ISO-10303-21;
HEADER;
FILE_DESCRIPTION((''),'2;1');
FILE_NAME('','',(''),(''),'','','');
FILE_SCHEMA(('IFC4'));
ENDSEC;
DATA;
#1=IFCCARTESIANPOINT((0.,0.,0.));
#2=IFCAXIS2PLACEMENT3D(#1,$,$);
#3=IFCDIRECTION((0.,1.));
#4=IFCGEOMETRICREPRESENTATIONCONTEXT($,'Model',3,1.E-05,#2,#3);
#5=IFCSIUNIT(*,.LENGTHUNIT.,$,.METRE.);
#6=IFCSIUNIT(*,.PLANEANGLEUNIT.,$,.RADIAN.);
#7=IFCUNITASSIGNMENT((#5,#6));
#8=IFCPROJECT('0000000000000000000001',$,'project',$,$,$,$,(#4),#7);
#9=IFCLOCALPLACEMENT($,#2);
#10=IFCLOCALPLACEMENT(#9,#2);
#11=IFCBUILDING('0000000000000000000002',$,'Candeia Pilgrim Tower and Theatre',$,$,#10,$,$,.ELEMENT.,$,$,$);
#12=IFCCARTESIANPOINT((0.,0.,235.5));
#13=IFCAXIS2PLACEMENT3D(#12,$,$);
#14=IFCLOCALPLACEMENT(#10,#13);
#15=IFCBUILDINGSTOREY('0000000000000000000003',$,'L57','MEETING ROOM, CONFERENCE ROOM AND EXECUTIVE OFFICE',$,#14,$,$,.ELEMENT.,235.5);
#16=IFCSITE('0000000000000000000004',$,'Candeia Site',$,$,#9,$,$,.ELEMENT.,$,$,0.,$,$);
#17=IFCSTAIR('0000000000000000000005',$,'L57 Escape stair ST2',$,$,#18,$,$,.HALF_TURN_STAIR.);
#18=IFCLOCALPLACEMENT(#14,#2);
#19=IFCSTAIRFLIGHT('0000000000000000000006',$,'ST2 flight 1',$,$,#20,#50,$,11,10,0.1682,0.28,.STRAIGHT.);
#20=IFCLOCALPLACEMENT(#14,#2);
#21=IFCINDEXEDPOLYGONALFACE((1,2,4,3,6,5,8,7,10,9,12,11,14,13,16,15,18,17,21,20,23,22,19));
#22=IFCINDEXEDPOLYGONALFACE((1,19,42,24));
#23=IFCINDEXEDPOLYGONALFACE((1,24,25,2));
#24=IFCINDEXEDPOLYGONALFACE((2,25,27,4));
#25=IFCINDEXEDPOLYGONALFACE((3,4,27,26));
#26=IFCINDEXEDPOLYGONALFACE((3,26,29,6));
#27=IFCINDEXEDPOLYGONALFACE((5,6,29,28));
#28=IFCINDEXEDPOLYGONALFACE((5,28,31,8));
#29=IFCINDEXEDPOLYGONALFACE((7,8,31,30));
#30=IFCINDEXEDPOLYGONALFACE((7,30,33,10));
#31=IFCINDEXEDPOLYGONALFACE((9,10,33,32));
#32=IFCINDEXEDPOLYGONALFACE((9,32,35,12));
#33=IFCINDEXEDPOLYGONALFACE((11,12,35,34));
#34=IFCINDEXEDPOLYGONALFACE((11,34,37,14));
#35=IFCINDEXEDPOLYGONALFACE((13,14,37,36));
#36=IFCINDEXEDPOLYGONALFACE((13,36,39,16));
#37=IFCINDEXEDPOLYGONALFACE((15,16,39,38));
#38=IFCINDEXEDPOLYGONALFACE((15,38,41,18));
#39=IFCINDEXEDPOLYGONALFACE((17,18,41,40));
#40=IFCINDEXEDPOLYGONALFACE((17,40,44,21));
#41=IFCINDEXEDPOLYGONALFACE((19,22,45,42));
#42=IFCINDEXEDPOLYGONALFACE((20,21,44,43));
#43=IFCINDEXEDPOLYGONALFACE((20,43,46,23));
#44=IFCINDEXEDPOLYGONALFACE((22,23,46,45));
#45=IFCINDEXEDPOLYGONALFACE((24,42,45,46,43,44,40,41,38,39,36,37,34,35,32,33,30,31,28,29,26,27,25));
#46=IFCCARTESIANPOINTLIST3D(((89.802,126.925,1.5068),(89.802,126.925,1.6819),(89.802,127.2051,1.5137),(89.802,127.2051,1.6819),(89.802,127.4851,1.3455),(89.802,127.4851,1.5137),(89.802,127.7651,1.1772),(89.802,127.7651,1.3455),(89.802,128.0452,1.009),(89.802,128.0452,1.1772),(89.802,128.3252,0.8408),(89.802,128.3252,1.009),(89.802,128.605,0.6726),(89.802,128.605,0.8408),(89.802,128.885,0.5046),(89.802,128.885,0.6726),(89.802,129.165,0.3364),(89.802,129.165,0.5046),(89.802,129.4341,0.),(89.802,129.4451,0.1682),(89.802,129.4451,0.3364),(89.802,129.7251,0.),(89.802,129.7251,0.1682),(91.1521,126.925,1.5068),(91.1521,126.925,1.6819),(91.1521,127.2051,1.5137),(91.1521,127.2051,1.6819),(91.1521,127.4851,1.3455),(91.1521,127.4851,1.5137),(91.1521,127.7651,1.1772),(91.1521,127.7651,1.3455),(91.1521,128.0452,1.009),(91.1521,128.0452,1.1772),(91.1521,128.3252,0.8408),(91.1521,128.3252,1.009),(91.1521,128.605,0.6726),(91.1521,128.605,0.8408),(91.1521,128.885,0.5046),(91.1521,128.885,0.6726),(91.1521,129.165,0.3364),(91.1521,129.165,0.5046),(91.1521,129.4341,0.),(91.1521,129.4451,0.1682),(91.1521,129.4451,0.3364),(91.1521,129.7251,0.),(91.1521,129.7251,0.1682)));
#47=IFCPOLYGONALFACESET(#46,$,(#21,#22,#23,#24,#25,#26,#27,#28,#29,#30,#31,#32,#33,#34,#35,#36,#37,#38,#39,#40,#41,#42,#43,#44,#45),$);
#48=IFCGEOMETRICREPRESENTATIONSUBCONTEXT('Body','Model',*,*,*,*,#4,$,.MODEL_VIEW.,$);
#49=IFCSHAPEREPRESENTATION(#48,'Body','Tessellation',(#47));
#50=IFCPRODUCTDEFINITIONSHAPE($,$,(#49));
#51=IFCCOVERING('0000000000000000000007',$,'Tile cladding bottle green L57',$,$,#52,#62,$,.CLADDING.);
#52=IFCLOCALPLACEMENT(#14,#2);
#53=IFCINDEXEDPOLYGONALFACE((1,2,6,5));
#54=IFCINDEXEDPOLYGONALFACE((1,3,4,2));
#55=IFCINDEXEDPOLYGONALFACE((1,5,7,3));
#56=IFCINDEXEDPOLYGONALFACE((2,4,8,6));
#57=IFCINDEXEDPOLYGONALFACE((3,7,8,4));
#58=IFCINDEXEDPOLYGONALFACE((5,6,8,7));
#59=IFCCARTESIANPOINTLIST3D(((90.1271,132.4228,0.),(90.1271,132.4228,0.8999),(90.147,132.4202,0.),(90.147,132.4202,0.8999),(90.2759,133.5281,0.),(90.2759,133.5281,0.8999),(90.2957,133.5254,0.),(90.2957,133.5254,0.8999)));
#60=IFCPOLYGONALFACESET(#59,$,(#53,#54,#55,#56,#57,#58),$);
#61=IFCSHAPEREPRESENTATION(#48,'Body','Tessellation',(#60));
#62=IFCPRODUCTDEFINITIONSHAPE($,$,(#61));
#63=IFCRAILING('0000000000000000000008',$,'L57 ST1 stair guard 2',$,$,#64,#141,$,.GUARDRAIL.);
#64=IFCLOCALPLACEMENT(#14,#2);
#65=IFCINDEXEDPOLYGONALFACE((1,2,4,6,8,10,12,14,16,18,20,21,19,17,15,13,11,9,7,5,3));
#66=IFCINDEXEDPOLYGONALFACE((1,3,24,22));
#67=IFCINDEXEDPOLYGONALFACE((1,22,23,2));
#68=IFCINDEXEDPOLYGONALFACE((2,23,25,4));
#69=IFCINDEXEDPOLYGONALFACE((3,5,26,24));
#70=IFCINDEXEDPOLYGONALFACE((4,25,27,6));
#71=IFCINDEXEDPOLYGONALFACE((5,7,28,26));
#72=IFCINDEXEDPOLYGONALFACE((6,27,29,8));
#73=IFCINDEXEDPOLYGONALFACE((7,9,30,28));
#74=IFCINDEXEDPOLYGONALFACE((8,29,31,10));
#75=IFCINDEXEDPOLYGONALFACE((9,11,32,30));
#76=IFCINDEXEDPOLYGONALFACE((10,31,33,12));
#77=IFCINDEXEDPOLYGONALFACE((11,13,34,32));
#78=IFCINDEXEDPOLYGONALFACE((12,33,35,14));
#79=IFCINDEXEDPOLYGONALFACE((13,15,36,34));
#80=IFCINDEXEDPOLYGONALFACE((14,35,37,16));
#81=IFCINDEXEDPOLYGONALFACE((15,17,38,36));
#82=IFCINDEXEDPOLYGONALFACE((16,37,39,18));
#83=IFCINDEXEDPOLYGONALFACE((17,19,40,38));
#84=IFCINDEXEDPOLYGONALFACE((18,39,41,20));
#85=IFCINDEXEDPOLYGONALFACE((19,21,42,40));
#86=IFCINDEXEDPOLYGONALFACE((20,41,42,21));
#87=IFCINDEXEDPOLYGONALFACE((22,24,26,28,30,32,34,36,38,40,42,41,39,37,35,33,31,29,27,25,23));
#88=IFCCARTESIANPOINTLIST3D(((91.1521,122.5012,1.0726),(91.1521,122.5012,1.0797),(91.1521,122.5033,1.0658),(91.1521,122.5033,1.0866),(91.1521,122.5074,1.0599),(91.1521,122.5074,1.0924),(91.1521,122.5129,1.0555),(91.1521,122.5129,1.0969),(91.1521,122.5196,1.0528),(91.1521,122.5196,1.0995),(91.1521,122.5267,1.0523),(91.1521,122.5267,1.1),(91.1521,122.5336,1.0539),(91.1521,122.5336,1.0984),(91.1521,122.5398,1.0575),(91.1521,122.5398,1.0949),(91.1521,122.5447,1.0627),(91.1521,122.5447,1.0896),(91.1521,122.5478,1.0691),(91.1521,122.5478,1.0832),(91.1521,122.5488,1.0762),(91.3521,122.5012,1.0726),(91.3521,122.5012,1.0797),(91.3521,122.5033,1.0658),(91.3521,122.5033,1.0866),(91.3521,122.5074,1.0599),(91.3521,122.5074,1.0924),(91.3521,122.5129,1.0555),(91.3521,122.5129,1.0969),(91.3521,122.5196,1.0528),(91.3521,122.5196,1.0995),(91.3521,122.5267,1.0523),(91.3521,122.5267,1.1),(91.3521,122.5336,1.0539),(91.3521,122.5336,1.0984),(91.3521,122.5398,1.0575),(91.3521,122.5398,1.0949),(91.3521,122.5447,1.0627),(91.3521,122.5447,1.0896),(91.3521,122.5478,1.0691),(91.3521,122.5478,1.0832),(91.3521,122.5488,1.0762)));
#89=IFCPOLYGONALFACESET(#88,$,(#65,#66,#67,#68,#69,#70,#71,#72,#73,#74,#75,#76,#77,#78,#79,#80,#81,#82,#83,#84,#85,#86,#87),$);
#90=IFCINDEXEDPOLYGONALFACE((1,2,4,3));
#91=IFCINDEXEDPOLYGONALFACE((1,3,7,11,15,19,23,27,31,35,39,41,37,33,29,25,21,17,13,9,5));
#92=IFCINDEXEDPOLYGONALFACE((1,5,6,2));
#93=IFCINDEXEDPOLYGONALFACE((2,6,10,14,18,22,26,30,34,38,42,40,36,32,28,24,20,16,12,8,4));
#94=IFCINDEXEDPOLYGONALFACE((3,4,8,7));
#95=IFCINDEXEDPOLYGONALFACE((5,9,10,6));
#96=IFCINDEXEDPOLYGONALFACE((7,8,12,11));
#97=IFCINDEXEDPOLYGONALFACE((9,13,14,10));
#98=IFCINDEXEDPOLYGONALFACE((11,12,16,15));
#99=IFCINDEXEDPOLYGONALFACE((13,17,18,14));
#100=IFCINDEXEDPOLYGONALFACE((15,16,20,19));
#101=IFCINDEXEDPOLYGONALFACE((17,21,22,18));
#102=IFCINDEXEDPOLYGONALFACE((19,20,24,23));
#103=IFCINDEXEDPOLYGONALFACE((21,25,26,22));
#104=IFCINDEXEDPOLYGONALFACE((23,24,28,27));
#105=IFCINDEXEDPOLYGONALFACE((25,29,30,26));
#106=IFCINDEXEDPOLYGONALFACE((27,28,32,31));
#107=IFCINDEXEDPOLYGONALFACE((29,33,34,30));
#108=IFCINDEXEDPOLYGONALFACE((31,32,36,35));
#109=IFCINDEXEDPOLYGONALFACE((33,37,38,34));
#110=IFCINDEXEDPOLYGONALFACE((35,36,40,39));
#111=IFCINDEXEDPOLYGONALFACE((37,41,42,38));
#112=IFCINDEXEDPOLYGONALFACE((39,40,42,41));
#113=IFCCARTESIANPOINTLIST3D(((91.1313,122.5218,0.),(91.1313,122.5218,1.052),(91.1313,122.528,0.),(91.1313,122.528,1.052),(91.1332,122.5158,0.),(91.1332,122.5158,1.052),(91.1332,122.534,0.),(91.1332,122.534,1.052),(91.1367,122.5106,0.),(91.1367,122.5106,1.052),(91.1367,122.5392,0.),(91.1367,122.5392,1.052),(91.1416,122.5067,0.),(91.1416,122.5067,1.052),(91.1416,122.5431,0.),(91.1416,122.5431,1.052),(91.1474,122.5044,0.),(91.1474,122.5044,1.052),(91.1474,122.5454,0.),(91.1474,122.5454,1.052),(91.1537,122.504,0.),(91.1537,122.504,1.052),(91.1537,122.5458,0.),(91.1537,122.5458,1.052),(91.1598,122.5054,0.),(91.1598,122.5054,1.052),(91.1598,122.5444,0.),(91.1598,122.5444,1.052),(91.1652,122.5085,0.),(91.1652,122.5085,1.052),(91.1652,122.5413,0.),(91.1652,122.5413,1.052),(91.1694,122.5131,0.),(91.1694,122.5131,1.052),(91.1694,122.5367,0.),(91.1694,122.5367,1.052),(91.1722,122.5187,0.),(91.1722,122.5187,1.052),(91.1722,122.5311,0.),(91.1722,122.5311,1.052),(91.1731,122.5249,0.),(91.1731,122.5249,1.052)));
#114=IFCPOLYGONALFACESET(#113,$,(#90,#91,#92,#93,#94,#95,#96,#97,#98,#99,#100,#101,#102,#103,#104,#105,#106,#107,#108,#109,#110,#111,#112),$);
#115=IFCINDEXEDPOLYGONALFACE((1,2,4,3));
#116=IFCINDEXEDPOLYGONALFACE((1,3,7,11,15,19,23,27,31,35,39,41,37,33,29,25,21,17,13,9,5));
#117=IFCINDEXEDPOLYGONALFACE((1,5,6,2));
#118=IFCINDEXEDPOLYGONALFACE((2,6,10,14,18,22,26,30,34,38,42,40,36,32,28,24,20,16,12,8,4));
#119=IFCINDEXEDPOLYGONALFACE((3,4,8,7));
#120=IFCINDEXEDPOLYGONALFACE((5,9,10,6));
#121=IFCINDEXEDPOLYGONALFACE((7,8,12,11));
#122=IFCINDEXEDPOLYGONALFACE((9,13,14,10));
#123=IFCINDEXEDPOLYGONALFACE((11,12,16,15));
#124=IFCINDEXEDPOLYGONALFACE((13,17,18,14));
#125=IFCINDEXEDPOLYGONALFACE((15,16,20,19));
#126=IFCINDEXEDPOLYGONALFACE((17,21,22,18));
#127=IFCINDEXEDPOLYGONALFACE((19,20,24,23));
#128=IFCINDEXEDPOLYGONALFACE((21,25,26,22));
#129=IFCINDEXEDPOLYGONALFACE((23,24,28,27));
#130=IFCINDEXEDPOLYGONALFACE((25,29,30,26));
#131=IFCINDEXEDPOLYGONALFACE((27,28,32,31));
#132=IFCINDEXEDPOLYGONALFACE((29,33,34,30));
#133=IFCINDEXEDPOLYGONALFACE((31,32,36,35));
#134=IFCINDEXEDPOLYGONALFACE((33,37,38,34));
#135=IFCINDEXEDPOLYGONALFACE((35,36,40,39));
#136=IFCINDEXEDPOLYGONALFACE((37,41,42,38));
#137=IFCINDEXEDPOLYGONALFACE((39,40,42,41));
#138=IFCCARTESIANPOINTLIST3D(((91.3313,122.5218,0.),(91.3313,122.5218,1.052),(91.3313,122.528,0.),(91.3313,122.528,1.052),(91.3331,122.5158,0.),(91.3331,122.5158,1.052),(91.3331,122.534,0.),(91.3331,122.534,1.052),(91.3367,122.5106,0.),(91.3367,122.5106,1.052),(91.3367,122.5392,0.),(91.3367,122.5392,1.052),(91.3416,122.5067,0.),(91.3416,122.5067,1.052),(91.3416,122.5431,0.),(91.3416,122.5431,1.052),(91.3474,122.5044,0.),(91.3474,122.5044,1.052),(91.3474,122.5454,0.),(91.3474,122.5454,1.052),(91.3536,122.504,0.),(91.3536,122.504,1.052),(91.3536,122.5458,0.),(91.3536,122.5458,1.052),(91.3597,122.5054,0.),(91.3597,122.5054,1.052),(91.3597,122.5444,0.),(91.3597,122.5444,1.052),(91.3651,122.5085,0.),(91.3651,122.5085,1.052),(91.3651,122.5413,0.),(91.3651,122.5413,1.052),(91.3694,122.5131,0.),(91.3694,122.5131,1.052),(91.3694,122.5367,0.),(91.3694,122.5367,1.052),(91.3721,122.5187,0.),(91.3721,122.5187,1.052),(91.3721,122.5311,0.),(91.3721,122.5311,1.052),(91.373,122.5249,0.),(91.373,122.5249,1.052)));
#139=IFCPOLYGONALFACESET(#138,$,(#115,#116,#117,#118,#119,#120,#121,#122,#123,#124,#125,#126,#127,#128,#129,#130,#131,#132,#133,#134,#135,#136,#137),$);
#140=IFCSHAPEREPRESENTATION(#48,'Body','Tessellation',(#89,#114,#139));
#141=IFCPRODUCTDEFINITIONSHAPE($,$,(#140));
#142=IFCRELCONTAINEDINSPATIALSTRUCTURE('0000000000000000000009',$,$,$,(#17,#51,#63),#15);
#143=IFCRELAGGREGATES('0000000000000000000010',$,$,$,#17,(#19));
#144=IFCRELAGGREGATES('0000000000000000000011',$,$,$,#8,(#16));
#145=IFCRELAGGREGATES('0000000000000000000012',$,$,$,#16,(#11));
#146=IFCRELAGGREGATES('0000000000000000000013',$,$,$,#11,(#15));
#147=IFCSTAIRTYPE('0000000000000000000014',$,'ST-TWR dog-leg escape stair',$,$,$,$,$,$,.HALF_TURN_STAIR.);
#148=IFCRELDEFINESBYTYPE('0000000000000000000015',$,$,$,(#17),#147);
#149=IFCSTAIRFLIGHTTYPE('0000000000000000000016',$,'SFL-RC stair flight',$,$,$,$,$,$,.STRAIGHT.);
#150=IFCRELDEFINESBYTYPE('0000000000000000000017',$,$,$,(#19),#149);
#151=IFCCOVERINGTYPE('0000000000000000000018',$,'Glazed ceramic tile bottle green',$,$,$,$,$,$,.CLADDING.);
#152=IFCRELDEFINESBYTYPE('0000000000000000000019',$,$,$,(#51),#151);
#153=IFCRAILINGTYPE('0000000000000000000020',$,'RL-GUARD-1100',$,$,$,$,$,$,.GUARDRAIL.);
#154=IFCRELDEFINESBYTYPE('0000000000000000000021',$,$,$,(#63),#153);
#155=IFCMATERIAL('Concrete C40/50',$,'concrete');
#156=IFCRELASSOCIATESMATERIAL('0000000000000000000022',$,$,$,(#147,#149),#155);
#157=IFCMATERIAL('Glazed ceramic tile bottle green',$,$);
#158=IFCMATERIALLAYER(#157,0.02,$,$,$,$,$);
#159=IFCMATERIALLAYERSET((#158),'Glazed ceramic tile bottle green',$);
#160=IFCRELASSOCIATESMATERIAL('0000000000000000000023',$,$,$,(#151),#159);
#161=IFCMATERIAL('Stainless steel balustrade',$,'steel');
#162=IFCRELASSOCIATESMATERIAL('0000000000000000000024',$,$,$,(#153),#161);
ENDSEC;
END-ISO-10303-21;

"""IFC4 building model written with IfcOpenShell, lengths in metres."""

from ifc_helpers import new_model, si_unit, direction, frame, origin, origin_2d, place, context, subcontext, project, spatial, polyline, rectangle, circle, outline, extrude, material, layer, layer_set, type_object, element, aggregate, save


model = new_model("IFC4")

# Units and contexts
model_context = context("Model", 3, precision=1e-05, world=origin(), true_north=direction((0.0, 1.0)))
body_context = subcontext(model_context, "Body", "Model", "MODEL_VIEW")
ifc_project = project(units=[si_unit("LENGTHUNIT", "METRE"), si_unit("PLANEANGLEUNIT", "RADIAN")], contexts=[model_context])

# Site, building, storey
site_placement = place(None, origin())
site = spatial("IfcSite", under=ifc_project, at=site_placement, Name="Candeia Site", CompositionType="ELEMENT", RefElevation=0.0)
building_placement = place(site_placement, origin())
building = spatial("IfcBuilding", under=site, at=building_placement, Name="Candeia Pilgrim Tower and Theatre", CompositionType="ELEMENT")
storey_placement = place(building_placement, frame((0.0, 0.0, 235.5)))
storey = spatial("IfcBuildingStorey", under=building, at=storey_placement, Name="L57", Description="MEETING ROOM, CONFERENCE ROOM AND EXECUTIVE OFFICE", CompositionType="ELEMENT", Elevation=235.5)

# Shared definitions
ifc_material_1 = material(Name="Concrete C40/50", Category="concrete")

# Shared definitions
stair_type = type_object("IfcStairType", Name="ST-TWR dog-leg escape stair", PredefinedType="HALF_TURN_STAIR", material=ifc_material_1)
stair_flight_type = type_object("IfcStairFlightType", Name="SFL-RC stair flight", PredefinedType="STRAIGHT", material=ifc_material_1)

# Stair, stair flight
stair_1_placement = place(storey_placement, origin())
stair_1 = element("IfcStair", 1, at=stair_1_placement, inside=storey, type_object=stair_type, Name="L57 Escape stair ST2", PredefinedType="HALF_TURN_STAIR")
stair_flight_1_placement = place(storey_placement, frame((90.4771, 129.7251, 0.0), z_axis=(0.0, 0.0, 1.0), x_axis=(0.0, -1.0, 0.0)))
stair_flight_1 = element("IfcStairFlight", 2, at=stair_flight_1_placement, type_object=stair_flight_type, Name="ST2 flight 1", NumberOfRisers=11, NumberOfTreads=10, PredefinedType="STRAIGHT", RiserHeight=0.1682, TreadLength=0.28, context=body_context, shape_type="SweptSolid", body=[
    extrude(outline(polyline([(0.0, 0.0), (0.0, 0.1682), (0.28, 0.1682), (0.28, 0.3364), (0.5601, 0.3364), (0.5601, 0.5046), (0.8401, 0.5046), (0.8401, 0.6726), (1.1201, 0.6726), (1.1201, 0.8408), (1.3999, 0.8408), (1.3999, 1.009), (1.6799, 1.009), (1.6799, 1.1772), (1.96, 1.1772), (1.96, 1.3455), (2.24, 1.3455), (2.24, 1.5137), (2.52, 1.5137), (2.52, 1.6819), (2.8, 1.6819), (2.8, 1.8501), (2.8, 1.5068), (0.291, 0.0), (0.0, 0.0)])), frame((0.0, 0.675, 0.0), z_axis=(0.0, -1.0, 0.0), x_axis=(1.0, 0.0, 0.0)), (0.0, 0.0, 1.0), 1.3501),
])
aggregate(stair_1, [stair_flight_1])

# Shared definitions
ifc_material_2 = material(Name="Stainless steel balustrade", Category="steel")

# Covering
ifc_material_3 = material(Name="Glazed ceramic tile bottle green")
ifc_layer_1 = layer(ifc_material_3, 0.02)
ifc_layer_set_1 = layer_set([ifc_layer_1], Name="Glazed ceramic tile bottle green")
covering_type = type_object("IfcCoveringType", Name="Glazed ceramic tile bottle green", PredefinedType="CLADDING", material=ifc_layer_set_1)
covering_placement = place(storey_placement, frame((90.2114, 132.9741, 0.0), z_axis=(0.0, 0.0, 1.0), x_axis=(-0.133412, -0.991061, 0.0)))
element("IfcCovering", 3, at=covering_placement, inside=storey, type_object=covering_type, Name="Tile cladding bottle green L57", PredefinedType="CLADDING", context=body_context, shape_type="SweptSolid", body=[
    extrude(rectangle(XDim=1.1152, YDim=0.02, at=origin_2d()), origin(), (0.0, 0.0, 1.0), 0.8999),
])

# Railing
railing_type_1 = type_object("IfcRailingType", Name="RL-GUARD-1100", PredefinedType="GUARDRAIL", material=ifc_material_2)
railing_1_placement = place(storey_placement, frame((91.1521, 122.5249, 0.0)))
element("IfcRailing", 4, at=railing_1_placement, inside=storey, type_object=railing_type_1, Name="L57 ST1 stair guard 2", PredefinedType="GUARDRAIL", context=body_context, shape_type="SweptSolid", body=[
    extrude(circle(Radius=0.0239, at=origin_2d()), frame((0.0, 0.0, 1.0762), z_axis=(1.0, 0.0, 0.0), x_axis=(0.0, 1.0, 0.0)), (0.0, 0.0, 1.0), 0.2),
    extrude(circle(Radius=0.021, at=origin_2d()), origin(), (0.0, 0.0, 1.0), 1.052),
    extrude(circle(Radius=0.021, at=origin_2d()), frame((0.2, 0.0, 0.0)), (0.0, 0.0, 1.0), 1.052),
])

save(model, "model.ifc")
